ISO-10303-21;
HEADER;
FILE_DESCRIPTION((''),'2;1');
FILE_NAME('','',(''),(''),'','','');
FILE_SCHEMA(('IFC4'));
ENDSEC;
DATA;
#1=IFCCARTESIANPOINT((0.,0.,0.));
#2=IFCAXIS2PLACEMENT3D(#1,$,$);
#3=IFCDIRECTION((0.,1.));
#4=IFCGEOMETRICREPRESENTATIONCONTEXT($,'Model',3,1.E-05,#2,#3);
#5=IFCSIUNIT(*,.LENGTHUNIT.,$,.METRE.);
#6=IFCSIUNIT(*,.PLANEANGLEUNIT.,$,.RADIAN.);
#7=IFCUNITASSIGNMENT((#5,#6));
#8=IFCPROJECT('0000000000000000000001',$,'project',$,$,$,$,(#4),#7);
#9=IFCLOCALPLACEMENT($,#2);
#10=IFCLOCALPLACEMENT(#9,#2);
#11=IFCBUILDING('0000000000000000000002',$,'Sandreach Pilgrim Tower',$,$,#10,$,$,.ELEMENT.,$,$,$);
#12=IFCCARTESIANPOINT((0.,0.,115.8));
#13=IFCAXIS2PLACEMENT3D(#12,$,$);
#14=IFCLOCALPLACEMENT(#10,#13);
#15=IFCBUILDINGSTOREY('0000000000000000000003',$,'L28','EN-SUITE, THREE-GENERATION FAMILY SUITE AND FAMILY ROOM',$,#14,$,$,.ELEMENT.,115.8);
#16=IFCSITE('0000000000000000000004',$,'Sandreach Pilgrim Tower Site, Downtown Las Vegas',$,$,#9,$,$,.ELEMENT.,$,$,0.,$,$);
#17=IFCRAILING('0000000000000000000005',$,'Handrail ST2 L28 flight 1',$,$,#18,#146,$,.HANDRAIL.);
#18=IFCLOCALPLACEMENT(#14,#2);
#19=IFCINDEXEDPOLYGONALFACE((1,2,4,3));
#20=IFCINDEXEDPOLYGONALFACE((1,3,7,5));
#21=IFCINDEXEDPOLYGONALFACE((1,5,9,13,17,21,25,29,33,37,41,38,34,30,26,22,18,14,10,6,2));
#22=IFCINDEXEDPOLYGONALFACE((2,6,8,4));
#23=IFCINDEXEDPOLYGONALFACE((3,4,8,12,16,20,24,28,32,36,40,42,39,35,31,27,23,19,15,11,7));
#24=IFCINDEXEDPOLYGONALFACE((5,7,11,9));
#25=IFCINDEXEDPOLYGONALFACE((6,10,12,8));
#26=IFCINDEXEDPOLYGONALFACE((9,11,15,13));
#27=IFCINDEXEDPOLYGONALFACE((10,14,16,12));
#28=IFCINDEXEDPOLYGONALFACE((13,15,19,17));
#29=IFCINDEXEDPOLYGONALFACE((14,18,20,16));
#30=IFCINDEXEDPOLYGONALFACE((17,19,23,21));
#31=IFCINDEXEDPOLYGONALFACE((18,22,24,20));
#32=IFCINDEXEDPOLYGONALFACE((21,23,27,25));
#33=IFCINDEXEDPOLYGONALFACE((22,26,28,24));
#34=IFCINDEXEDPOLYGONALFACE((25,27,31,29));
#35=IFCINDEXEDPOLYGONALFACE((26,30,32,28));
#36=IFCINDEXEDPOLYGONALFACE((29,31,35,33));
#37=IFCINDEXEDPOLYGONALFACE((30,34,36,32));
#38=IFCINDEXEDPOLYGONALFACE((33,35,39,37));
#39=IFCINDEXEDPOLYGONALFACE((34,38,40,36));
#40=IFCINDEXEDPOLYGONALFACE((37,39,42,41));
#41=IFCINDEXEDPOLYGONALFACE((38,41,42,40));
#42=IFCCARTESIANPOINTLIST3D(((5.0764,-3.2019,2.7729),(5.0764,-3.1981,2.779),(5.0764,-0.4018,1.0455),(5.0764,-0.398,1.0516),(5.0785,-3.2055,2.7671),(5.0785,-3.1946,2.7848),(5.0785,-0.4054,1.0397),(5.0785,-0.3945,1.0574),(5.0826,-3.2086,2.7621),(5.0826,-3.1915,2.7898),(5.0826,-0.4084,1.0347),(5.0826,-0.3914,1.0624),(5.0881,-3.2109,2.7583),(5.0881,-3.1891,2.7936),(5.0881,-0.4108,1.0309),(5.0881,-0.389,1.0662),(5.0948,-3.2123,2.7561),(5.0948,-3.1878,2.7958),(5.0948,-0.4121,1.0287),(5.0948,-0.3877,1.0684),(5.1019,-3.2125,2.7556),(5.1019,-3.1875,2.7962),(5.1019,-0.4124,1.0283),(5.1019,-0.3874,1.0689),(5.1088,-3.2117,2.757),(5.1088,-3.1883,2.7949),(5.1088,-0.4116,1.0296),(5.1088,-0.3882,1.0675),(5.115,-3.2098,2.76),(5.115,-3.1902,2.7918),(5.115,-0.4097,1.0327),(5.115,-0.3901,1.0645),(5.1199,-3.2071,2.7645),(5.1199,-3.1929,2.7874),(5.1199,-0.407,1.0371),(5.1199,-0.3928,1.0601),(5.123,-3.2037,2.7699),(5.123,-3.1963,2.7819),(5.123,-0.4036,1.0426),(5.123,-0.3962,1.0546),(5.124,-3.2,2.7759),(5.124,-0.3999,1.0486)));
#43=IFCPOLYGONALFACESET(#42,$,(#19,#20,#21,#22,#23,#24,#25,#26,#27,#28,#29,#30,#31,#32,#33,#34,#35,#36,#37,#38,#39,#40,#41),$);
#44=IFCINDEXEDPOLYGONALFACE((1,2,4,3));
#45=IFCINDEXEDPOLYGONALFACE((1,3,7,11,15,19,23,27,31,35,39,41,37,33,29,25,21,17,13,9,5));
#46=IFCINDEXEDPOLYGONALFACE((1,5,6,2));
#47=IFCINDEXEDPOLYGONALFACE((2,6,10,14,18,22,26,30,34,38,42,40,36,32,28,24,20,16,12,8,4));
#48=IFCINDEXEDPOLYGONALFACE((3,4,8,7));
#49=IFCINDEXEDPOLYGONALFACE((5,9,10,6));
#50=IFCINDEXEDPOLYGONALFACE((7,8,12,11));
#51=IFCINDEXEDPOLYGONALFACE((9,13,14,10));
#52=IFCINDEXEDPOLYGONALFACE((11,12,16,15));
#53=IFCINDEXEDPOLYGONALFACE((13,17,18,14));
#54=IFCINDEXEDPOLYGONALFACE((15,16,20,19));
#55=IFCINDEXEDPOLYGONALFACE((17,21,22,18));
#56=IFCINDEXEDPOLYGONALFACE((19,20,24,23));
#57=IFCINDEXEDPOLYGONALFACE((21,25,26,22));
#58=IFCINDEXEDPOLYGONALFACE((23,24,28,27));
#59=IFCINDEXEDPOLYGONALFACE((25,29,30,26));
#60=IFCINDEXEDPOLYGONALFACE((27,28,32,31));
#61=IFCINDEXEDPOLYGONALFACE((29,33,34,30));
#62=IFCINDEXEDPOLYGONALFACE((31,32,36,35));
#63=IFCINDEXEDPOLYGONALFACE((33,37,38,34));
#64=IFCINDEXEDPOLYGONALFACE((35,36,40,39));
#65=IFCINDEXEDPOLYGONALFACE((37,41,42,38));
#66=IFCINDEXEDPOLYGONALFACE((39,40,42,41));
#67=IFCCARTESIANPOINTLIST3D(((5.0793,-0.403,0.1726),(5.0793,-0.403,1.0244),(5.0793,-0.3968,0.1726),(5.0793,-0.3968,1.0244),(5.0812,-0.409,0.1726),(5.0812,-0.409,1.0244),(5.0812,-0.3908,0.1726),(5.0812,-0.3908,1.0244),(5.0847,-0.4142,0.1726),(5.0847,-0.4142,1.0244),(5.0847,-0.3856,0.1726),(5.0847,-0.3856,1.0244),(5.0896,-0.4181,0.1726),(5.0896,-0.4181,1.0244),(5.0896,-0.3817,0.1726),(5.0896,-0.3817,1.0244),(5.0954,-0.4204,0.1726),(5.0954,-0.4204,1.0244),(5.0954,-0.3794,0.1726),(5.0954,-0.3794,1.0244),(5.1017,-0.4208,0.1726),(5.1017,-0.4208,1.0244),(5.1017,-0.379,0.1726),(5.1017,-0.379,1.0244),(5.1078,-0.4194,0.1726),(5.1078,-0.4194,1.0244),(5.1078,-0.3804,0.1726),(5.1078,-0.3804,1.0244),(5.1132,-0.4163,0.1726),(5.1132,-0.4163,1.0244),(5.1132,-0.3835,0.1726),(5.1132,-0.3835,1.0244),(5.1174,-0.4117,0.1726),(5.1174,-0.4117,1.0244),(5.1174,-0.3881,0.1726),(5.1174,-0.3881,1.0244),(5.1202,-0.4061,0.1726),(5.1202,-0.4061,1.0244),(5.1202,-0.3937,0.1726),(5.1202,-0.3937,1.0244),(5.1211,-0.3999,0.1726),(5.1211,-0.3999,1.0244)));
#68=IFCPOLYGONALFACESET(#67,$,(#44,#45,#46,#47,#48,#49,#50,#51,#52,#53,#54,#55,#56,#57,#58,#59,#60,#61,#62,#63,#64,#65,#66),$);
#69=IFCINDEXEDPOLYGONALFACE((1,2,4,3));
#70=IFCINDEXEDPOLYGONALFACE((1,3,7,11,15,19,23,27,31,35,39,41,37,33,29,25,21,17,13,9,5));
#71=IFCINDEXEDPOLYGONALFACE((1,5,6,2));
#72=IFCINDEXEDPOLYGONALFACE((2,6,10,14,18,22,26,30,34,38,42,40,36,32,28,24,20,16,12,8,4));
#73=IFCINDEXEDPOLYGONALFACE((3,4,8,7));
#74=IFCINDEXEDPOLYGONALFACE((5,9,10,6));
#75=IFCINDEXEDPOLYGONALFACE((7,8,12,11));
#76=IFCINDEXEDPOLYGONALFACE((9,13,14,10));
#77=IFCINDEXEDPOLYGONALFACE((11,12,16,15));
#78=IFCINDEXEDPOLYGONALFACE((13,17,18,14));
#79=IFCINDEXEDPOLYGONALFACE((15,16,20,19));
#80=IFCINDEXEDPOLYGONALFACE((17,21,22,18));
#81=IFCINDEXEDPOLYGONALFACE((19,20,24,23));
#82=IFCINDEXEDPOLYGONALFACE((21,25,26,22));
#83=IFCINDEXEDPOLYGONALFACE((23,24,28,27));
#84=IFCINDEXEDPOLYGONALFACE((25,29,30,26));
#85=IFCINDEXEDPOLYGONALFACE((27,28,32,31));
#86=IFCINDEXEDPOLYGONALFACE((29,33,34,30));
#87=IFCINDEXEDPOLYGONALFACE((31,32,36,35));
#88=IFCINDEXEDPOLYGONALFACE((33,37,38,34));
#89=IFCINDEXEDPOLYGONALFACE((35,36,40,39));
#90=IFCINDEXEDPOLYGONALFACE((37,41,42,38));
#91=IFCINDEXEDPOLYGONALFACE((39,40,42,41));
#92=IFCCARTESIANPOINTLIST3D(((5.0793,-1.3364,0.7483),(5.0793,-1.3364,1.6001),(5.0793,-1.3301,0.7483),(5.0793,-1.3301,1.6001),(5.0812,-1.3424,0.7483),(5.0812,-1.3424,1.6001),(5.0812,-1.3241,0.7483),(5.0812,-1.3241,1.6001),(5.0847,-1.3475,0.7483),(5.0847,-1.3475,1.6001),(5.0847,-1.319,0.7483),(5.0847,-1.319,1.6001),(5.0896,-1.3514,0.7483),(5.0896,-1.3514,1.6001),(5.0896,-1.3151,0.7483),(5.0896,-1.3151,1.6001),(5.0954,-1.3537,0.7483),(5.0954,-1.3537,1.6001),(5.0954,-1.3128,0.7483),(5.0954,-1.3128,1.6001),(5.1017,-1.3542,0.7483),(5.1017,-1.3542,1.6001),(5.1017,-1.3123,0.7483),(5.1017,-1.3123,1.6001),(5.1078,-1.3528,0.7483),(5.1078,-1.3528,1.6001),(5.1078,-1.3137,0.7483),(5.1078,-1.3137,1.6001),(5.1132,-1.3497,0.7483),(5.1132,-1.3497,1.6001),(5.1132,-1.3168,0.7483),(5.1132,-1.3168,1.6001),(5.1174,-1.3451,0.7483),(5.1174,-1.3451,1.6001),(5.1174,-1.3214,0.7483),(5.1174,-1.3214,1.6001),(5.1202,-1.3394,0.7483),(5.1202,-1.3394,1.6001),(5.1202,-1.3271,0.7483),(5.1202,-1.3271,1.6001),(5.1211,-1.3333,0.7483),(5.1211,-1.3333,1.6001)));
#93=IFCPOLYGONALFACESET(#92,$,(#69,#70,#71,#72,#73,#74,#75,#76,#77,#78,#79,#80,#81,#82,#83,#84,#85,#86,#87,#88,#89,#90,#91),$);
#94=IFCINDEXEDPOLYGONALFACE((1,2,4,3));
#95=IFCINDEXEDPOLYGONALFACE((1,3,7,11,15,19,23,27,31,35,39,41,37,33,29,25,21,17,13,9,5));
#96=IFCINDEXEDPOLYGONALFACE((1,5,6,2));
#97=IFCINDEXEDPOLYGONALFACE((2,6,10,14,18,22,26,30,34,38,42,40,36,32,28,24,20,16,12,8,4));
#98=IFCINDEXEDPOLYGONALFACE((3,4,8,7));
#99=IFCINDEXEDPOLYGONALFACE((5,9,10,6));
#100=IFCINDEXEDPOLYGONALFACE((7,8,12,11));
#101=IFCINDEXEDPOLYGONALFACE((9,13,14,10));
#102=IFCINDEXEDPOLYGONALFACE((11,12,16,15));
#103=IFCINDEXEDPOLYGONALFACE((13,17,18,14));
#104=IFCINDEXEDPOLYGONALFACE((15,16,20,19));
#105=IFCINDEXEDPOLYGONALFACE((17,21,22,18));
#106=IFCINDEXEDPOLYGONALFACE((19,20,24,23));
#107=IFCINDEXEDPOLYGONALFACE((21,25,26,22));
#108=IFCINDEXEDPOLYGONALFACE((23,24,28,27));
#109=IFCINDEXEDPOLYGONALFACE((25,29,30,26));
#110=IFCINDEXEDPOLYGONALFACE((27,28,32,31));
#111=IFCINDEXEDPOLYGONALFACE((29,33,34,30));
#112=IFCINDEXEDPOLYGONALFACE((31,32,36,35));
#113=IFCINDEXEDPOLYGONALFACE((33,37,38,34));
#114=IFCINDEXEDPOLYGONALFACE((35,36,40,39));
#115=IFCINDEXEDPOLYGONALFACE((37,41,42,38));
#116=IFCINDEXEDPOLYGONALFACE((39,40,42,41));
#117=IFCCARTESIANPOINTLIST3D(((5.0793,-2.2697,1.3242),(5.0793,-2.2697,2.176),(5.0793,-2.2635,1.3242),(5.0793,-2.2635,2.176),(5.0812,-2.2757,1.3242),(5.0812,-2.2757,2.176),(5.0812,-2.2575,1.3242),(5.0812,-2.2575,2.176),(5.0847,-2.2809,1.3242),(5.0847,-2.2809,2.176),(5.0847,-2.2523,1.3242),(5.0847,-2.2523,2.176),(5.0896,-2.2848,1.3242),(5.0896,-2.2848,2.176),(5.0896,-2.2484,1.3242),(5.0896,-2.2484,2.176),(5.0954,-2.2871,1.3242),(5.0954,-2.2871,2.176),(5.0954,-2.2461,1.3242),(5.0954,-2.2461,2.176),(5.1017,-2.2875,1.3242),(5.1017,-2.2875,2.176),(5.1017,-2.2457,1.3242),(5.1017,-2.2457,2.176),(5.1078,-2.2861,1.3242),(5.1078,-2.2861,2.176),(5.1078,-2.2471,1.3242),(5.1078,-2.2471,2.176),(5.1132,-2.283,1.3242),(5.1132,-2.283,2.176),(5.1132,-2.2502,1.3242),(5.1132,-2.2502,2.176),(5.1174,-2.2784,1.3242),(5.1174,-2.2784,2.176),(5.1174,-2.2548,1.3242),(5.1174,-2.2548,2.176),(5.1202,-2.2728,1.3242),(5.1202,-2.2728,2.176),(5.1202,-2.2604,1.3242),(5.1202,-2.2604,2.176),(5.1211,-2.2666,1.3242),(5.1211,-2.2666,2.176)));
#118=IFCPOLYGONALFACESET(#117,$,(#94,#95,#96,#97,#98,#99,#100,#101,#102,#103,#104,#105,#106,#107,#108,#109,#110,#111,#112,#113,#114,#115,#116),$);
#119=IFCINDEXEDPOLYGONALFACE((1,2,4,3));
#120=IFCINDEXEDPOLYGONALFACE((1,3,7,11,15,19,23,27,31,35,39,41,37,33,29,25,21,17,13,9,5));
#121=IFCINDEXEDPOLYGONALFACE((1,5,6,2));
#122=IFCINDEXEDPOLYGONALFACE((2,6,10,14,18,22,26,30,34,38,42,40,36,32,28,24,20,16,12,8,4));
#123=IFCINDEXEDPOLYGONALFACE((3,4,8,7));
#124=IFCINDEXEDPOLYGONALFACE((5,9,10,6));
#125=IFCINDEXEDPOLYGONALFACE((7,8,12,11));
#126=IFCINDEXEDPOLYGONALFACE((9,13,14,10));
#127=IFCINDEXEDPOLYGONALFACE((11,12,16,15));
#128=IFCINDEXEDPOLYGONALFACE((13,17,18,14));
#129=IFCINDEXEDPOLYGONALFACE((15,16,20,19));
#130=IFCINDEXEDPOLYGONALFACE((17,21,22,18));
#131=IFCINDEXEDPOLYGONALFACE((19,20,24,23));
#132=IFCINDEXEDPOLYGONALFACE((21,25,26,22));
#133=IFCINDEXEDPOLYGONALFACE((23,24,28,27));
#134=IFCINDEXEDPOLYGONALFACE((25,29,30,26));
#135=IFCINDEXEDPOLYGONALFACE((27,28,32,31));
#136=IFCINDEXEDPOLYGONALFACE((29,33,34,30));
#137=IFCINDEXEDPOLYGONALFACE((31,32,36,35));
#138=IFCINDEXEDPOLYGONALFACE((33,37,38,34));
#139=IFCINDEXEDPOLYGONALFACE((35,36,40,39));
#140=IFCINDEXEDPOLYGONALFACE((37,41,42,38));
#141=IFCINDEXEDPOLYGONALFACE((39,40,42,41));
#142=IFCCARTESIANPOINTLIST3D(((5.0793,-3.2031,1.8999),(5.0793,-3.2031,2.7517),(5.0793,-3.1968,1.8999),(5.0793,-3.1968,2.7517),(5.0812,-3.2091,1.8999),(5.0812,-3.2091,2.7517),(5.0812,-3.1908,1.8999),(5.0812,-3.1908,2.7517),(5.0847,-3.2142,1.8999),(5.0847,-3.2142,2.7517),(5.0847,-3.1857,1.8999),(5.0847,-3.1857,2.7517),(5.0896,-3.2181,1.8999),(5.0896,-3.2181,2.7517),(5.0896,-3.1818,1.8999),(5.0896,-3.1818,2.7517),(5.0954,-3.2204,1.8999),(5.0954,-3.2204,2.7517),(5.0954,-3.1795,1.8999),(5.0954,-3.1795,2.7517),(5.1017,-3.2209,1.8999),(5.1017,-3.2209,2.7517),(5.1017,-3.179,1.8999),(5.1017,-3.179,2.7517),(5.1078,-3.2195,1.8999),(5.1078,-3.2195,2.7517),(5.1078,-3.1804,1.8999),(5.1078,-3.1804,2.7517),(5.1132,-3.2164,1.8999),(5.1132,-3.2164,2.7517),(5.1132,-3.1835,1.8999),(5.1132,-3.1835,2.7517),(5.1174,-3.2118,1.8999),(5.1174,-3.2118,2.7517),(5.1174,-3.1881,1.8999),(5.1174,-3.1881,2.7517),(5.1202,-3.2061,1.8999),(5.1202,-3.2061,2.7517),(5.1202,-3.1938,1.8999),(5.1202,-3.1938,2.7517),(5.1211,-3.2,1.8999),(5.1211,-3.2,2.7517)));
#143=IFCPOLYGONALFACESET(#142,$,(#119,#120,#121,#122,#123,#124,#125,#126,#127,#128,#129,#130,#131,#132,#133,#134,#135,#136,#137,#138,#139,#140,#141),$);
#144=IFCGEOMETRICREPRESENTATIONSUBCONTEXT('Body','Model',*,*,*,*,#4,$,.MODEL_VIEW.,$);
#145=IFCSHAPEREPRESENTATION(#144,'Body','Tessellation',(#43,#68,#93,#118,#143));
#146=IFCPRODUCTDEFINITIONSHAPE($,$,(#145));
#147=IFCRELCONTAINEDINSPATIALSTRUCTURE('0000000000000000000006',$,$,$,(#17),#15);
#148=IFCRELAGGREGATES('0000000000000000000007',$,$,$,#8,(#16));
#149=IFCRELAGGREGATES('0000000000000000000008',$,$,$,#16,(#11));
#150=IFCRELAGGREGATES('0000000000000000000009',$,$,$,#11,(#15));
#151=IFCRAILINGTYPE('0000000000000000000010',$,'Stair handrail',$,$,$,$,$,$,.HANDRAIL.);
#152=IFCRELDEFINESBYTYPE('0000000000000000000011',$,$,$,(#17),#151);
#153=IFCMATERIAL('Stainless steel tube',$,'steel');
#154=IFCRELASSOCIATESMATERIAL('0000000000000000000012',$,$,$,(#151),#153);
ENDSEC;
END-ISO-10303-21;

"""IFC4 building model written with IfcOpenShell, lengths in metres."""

from ifc_helpers import new_model, si_unit, direction, frame, origin, origin_2d, place, context, subcontext, project, spatial, circle, extrude, material, type_object, element, save


model = new_model("IFC4")

# Units and contexts
model_context = context("Model", 3, precision=1e-05, world=origin(), true_north=direction((0.0, 1.0)))
body_context = subcontext(model_context, "Body", "Model", "MODEL_VIEW")
ifc_project = project(units=[si_unit("LENGTHUNIT", "METRE"), si_unit("PLANEANGLEUNIT", "RADIAN")], contexts=[model_context])

# Site, building, storey
site_placement = place(None, origin())
site = spatial("IfcSite", under=ifc_project, at=site_placement, Name="Sandreach Pilgrim Tower Site, Downtown Las Vegas", CompositionType="ELEMENT", RefElevation=0.0)
building_placement = place(site_placement, origin())
building = spatial("IfcBuilding", under=site, at=building_placement, Name="Sandreach Pilgrim Tower", CompositionType="ELEMENT")
storey_placement = place(building_placement, frame((0.0, 0.0, 115.8)))
storey = spatial("IfcBuildingStorey", under=building, at=storey_placement, Name="L28", Description="EN-SUITE, THREE-GENERATION FAMILY SUITE AND FAMILY ROOM", CompositionType="ELEMENT", Elevation=115.8)

# Railing
ifc_material_1 = material(Name="Stainless steel tube", Category="steel")
railing_type = type_object("IfcRailingType", Name="Stair handrail", PredefinedType="HANDRAIL", material=ifc_material_1)
for number, where, name in (
    (1, (5.1001, -0.3999, 0.1726), "Handrail ST2 L28 flight 1"),
):
    element("IfcRailing", number, at=place(storey_placement, frame(where)), inside=storey, type_object=railing_type, Name=name, PredefinedType="HANDRAIL", context=body_context, shape_type="SweptSolid", body=[
        extrude(circle(Radius=0.0239, at=origin_2d()), frame((0.0, 0.0, 0.876), z_axis=(0.0, -0.85109, 0.52502), x_axis=(1.0, 0.0, 0.0)), (0.0, 0.0, 1.0), 3.29),
        extrude(circle(Radius=0.021, at=origin_2d()), origin(), (0.0, 0.0, 1.0), 0.8518),
        extrude(circle(Radius=0.021, at=origin_2d()), frame((0.0, -0.9333, 0.5757)), (0.0, 0.0, 1.0), 0.8518),
        extrude(circle(Radius=0.021, at=origin_2d()), frame((0.0, -1.8667, 1.1516)), (0.0, 0.0, 1.0), 0.8518),
        extrude(circle(Radius=0.021, at=origin_2d()), frame((0.0, -2.8, 1.7273)), (0.0, 0.0, 1.0), 0.8518),
    ])

save(model, "model.ifc")
